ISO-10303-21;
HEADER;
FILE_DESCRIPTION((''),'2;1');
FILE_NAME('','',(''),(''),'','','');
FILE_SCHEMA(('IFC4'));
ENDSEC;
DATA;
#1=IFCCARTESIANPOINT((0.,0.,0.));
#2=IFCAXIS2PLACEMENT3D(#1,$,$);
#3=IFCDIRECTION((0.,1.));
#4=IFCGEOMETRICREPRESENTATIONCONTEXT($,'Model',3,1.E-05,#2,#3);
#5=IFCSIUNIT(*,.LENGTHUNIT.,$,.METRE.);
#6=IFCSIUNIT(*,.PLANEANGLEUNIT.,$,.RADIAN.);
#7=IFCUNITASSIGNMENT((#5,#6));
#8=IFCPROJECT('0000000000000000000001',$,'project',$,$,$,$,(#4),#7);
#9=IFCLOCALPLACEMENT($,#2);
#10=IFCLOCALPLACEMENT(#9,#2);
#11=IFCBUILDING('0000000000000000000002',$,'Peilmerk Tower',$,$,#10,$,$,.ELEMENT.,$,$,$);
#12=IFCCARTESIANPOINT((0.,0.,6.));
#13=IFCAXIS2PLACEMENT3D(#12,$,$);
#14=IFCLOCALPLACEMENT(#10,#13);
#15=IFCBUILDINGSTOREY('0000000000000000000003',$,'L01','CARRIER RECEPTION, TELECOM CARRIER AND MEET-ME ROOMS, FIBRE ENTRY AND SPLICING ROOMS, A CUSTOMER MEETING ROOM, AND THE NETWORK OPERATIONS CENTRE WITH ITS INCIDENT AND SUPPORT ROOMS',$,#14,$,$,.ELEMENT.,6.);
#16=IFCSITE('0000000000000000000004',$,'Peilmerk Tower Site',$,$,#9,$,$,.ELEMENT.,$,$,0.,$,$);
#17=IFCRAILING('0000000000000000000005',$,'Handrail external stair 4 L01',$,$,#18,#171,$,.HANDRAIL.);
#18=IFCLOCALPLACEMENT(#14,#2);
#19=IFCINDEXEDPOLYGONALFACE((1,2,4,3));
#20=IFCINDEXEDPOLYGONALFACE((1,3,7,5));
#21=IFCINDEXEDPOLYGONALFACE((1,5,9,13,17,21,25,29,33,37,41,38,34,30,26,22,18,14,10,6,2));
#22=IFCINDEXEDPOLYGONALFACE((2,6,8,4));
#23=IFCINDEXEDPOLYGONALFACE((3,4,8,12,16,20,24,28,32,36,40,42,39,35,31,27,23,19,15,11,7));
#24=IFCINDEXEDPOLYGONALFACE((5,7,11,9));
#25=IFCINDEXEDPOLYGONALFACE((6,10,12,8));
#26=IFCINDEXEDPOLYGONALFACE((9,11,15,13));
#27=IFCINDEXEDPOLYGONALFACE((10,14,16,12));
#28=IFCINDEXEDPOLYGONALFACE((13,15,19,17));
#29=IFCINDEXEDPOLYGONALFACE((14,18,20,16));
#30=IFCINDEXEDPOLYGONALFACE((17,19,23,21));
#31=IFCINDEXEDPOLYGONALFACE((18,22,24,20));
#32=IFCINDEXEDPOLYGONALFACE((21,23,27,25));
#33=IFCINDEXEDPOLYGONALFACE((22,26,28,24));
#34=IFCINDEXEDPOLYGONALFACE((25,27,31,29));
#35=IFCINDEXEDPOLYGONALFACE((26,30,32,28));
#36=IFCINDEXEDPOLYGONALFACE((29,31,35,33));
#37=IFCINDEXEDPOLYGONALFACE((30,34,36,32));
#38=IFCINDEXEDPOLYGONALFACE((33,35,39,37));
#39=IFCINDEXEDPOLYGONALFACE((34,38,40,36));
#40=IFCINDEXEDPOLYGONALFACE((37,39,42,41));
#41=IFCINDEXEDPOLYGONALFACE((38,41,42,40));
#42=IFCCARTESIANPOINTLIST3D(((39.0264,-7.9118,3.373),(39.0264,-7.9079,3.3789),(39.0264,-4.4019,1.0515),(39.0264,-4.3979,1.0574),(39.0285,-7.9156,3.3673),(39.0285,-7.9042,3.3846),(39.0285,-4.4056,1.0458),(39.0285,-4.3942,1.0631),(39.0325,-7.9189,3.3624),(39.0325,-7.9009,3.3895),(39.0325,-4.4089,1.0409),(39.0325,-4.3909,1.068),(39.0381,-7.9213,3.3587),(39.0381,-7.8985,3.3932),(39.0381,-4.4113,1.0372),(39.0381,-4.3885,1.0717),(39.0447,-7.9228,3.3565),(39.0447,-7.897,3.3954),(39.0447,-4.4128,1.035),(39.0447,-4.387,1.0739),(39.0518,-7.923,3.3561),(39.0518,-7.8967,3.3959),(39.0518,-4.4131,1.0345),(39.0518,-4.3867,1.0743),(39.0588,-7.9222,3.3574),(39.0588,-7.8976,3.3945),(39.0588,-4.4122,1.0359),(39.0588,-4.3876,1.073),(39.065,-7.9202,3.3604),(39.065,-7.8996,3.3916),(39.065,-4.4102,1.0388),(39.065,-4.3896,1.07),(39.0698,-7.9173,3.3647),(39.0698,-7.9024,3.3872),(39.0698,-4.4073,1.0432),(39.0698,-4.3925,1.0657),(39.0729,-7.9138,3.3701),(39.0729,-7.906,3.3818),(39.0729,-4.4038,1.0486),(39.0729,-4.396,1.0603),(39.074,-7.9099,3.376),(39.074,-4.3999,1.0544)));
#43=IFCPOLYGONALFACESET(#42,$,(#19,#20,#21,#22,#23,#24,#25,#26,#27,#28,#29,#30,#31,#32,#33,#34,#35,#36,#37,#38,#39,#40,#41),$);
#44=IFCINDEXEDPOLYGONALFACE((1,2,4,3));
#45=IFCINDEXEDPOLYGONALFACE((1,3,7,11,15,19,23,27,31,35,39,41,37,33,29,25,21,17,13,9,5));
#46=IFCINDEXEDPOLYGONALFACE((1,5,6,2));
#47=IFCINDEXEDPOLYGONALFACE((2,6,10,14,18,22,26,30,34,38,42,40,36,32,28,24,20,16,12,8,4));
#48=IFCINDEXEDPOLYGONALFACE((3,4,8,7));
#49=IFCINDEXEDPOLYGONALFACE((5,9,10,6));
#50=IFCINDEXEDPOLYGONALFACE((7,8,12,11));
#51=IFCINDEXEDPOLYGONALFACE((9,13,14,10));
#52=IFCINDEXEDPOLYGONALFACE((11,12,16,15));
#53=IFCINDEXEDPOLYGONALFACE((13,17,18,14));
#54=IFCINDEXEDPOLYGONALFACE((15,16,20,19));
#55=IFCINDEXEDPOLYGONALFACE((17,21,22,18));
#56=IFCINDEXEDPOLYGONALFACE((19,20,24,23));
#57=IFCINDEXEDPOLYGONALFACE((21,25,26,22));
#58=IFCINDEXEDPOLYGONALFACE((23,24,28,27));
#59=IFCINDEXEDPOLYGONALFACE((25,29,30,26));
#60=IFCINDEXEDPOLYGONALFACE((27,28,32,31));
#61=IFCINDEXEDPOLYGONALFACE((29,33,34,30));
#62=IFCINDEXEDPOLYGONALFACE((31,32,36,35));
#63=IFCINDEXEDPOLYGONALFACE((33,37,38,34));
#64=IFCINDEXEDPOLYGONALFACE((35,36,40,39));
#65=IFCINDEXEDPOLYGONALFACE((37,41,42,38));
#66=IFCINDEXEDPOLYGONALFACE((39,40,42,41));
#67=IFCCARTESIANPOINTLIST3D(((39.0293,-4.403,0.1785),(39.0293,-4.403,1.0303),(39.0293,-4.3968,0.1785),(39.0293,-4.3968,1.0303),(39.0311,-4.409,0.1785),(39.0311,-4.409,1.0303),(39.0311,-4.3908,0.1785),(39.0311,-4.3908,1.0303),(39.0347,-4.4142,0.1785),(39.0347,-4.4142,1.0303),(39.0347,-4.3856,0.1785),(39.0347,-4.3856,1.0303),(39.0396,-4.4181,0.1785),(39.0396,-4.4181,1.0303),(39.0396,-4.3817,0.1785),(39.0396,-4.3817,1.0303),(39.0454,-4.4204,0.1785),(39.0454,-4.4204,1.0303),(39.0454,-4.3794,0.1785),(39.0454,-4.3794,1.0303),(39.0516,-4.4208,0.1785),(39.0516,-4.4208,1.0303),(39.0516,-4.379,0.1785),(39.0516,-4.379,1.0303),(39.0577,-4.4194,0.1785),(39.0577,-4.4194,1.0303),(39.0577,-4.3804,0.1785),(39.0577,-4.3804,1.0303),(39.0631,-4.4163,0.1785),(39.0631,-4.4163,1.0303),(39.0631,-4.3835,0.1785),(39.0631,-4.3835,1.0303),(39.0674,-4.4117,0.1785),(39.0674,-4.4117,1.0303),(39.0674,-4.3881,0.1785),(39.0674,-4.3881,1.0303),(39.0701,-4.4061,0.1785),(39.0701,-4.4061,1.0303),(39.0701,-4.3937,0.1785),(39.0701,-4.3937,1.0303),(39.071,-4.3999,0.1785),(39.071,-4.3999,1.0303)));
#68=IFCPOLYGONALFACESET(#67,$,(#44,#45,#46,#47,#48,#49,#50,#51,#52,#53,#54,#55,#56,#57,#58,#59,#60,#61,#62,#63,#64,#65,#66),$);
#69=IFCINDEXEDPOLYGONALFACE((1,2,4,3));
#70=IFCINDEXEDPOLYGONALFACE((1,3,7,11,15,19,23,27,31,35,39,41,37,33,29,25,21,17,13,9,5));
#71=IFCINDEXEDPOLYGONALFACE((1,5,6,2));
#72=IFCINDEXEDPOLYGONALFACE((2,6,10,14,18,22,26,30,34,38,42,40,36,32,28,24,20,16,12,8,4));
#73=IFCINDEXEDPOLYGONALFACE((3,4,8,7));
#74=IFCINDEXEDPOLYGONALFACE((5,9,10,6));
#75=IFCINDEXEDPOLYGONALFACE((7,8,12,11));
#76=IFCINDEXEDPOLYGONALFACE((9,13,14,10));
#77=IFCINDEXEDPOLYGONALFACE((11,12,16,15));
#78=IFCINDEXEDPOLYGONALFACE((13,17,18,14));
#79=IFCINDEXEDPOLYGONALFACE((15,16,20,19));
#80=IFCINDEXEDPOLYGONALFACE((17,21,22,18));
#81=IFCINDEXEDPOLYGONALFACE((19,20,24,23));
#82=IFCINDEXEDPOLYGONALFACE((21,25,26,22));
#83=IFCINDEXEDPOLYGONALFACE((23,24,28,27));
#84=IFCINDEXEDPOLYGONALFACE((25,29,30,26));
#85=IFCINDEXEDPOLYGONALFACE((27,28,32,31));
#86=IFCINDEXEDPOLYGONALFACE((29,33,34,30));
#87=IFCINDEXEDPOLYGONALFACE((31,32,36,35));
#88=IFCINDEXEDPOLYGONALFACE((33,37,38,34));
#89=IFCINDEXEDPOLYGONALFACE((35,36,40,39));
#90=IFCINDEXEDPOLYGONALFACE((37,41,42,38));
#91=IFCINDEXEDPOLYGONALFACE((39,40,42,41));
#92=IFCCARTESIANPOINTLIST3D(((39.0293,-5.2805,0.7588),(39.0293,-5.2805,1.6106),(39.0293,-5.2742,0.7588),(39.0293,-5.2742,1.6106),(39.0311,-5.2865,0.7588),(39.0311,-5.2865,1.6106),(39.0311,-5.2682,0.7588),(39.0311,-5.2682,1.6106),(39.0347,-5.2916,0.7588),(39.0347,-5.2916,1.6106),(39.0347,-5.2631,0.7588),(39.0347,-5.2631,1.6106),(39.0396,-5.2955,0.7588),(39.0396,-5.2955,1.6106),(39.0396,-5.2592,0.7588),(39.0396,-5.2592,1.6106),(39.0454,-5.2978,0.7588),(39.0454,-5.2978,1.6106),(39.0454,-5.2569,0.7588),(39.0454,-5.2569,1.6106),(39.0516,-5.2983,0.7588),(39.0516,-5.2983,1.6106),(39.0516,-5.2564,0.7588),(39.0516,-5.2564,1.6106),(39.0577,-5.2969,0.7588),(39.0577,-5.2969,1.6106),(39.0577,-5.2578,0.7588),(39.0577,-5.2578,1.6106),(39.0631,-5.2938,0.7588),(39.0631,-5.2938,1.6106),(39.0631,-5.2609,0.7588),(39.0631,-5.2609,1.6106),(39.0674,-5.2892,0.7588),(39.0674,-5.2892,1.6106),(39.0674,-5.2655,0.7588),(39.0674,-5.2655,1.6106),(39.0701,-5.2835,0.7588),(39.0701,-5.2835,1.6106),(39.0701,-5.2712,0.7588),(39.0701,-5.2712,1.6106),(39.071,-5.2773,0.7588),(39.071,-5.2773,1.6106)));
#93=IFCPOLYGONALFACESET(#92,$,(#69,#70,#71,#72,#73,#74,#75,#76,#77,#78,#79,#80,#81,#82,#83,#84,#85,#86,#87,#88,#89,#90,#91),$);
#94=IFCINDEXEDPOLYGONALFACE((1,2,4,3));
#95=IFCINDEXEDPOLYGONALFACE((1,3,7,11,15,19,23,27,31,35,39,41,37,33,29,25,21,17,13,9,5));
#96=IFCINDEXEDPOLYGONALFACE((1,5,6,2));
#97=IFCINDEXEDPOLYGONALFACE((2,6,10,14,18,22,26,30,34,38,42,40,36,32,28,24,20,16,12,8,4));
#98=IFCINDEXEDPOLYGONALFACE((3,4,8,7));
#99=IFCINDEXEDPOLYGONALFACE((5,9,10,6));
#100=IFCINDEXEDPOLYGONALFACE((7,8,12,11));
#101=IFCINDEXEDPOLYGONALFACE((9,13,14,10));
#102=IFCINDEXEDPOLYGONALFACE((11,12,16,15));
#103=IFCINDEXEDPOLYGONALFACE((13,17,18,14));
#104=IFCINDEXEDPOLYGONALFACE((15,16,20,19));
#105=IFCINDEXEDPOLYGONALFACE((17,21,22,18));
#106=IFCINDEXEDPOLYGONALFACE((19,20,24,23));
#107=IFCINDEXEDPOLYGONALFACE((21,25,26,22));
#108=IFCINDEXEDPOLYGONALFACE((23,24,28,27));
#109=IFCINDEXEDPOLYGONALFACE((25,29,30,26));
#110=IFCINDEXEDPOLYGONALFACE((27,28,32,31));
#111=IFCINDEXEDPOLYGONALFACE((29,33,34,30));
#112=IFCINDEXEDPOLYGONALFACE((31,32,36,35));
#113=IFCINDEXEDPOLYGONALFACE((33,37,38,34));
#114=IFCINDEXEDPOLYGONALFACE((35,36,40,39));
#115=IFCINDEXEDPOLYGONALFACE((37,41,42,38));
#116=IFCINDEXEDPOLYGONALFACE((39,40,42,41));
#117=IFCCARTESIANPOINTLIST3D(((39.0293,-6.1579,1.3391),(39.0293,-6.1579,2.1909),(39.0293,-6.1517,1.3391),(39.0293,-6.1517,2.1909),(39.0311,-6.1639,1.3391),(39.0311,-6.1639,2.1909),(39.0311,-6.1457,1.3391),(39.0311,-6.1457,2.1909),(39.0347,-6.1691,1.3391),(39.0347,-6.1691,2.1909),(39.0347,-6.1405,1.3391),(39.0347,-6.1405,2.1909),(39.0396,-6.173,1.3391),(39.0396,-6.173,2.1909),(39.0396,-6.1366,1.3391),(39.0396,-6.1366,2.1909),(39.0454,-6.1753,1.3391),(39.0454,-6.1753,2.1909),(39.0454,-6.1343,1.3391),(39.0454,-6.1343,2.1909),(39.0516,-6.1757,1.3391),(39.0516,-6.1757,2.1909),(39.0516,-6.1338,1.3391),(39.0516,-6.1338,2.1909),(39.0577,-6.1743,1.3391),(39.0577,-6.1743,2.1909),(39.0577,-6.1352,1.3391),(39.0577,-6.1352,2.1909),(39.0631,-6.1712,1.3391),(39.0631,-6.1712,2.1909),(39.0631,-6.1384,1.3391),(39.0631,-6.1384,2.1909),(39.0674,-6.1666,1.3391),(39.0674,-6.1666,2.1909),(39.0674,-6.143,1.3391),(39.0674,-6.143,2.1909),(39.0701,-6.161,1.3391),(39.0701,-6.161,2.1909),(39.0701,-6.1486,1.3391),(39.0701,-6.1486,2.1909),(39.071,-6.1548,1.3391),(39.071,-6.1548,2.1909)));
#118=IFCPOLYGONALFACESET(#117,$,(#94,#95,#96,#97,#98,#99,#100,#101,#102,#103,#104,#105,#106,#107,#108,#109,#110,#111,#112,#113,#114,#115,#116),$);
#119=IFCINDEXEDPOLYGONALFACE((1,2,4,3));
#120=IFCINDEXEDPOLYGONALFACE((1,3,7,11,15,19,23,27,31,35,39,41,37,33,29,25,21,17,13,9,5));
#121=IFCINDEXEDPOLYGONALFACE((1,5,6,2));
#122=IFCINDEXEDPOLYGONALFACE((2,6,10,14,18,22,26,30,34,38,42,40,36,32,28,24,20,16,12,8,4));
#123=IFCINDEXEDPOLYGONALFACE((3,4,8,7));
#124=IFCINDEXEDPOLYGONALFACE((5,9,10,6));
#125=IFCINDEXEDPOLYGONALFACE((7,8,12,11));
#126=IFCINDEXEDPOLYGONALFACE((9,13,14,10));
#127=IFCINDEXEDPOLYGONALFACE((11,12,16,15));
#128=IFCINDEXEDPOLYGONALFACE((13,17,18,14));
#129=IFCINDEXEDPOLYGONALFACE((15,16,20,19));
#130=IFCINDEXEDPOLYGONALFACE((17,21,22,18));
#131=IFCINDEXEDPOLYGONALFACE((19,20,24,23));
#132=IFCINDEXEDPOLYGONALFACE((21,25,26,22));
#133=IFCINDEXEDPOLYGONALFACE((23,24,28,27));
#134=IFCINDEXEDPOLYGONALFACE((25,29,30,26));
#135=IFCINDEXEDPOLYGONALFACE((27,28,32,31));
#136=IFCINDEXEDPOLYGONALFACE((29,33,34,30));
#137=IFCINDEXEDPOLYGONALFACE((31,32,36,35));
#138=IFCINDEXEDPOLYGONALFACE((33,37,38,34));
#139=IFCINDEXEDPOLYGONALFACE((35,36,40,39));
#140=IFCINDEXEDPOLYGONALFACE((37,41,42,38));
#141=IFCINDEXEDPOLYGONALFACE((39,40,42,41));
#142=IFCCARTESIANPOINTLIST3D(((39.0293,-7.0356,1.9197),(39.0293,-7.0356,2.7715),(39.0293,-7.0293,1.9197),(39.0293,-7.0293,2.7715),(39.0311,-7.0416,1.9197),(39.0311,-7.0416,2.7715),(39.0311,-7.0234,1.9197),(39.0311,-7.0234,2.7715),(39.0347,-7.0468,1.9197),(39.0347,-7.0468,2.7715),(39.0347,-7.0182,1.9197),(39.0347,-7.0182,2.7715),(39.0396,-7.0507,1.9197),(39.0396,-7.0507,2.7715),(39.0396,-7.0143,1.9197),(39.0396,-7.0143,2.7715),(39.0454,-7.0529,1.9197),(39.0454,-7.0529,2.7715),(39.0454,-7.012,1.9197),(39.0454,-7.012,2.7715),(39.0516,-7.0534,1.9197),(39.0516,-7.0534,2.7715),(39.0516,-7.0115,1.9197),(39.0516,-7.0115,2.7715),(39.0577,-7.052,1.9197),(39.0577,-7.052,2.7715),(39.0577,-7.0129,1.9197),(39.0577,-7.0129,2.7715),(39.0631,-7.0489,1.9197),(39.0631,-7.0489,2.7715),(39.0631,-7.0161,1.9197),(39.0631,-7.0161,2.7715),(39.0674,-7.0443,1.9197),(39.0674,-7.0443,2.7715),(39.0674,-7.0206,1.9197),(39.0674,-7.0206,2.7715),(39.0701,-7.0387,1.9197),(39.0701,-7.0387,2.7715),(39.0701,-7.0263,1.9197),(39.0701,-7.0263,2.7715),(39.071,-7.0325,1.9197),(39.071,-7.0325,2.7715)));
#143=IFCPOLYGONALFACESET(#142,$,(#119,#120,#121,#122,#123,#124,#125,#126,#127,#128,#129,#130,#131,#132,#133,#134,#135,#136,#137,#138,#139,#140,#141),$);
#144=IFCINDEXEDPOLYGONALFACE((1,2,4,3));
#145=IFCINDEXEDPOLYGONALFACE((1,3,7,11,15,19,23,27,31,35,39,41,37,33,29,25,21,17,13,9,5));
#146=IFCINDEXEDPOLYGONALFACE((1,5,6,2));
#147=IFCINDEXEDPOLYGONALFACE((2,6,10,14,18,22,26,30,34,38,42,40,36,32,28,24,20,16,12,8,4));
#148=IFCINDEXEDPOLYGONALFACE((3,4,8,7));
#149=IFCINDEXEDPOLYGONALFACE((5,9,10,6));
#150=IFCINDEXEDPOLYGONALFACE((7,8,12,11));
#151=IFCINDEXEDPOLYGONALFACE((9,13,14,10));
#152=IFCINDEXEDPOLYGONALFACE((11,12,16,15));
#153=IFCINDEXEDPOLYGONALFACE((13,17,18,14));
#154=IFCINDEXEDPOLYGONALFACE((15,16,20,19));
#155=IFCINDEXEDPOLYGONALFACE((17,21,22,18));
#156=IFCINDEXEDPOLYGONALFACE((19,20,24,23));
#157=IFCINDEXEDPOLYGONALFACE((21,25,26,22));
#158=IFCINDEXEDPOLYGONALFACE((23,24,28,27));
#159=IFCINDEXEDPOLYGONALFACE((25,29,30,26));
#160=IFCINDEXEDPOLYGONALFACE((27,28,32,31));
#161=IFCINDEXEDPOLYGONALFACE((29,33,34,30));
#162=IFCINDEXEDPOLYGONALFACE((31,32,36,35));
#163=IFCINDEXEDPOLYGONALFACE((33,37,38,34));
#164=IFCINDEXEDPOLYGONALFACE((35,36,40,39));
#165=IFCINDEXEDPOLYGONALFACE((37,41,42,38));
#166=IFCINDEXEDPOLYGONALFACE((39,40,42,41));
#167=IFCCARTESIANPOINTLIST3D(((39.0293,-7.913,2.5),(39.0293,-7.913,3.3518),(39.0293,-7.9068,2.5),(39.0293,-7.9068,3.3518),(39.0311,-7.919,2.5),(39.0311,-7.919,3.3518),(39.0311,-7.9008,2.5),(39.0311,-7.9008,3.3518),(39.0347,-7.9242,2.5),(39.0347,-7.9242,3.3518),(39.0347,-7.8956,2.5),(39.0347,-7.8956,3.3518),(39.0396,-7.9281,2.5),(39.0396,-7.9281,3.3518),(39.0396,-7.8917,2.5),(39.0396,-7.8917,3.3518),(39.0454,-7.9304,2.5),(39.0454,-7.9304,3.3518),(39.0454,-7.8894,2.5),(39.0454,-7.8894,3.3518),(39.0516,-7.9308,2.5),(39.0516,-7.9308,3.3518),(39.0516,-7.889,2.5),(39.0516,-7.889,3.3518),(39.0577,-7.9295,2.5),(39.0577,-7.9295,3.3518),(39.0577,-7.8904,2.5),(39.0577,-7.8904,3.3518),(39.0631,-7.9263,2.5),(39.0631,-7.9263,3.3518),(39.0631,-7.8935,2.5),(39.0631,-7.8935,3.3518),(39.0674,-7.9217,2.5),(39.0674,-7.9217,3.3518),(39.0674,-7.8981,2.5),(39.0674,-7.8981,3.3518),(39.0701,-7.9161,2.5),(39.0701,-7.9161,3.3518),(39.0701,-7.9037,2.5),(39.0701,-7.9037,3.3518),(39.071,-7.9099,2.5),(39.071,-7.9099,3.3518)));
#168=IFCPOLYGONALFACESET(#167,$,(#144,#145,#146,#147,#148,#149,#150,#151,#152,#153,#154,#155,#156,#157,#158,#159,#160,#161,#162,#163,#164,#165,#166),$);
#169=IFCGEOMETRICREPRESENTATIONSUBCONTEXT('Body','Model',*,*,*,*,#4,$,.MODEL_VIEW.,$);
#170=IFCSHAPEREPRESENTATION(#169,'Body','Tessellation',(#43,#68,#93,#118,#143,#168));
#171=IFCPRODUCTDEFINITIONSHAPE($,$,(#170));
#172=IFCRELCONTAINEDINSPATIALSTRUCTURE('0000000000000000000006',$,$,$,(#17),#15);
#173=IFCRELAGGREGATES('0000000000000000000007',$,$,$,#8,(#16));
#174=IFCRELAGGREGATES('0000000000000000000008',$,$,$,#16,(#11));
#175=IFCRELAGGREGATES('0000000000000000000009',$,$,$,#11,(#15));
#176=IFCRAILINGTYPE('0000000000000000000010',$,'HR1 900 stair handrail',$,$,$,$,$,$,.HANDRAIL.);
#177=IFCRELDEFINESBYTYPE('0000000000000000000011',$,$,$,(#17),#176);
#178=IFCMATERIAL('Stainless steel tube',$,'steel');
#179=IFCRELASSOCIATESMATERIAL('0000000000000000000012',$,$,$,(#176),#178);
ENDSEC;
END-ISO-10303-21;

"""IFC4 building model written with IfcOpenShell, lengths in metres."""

from ifc_helpers import new_model, si_unit, direction, frame, origin, origin_2d, place, context, subcontext, project, spatial, circle, extrude, material, type_object, element, save


model = new_model("IFC4")

# Units and contexts
model_context = context("Model", 3, precision=1e-05, world=origin(), true_north=direction((0.0, 1.0)))
body_context = subcontext(model_context, "Body", "Model", "MODEL_VIEW")
ifc_project = project(units=[si_unit("LENGTHUNIT", "METRE"), si_unit("PLANEANGLEUNIT", "RADIAN")], contexts=[model_context])

# Site, building, storey
site_placement = place(None, origin())
site = spatial("IfcSite", under=ifc_project, at=site_placement, Name="Peilmerk Tower Site", CompositionType="ELEMENT", RefElevation=0.0)
building_placement = place(site_placement, origin())
building = spatial("IfcBuilding", under=site, at=building_placement, Name="Peilmerk Tower", CompositionType="ELEMENT")
storey_placement = place(building_placement, frame((0.0, 0.0, 6.0)))
storey = spatial("IfcBuildingStorey", under=building, at=storey_placement, Name="L01", Description="CARRIER RECEPTION, TELECOM CARRIER AND MEET-ME ROOMS, FIBRE ENTRY AND SPLICING ROOMS, A CUSTOMER MEETING ROOM, AND THE NETWORK OPERATIONS CENTRE WITH ITS INCIDENT AND SUPPORT ROOMS", CompositionType="ELEMENT", Elevation=6.0)

# Railing
ifc_material_1 = material(Name="Stainless steel tube", Category="steel")
railing_type_1 = type_object("IfcRailingType", Name="HR1 900 stair handrail", PredefinedType="HANDRAIL", material=ifc_material_1)
for number, where, name in (
    (1, (39.05, -4.3999, 0.1785), "Handrail external stair 4 L01"),
):
    element("IfcRailing", number, at=place(storey_placement, frame(where)), inside=storey, type_object=railing_type_1, Name=name, PredefinedType="HANDRAIL", context=body_context, shape_type="SweptSolid", body=[
        extrude(circle(Radius=0.0239, at=origin_2d()), frame((0.0, 0.0, 0.876), z_axis=(0.0, -0.834071, 0.551657), x_axis=(1.0, 0.0, 0.0)), (0.0, 0.0, 1.0), 4.2083),
        extrude(circle(Radius=0.021, at=origin_2d()), origin(), (0.0, 0.0, 1.0), 0.8518),
        extrude(circle(Radius=0.021, at=origin_2d()), frame((0.0, -0.8774, 0.5803)), (0.0, 0.0, 1.0), 0.8518),
        extrude(circle(Radius=0.021, at=origin_2d()), frame((0.0, -1.7549, 1.1606)), (0.0, 0.0, 1.0), 0.8518),
        extrude(circle(Radius=0.021, at=origin_2d()), frame((0.0, -2.6326, 1.7412)), (0.0, 0.0, 1.0), 0.8518),
        extrude(circle(Radius=0.021, at=origin_2d()), frame((0.0, -3.51, 2.3215)), (0.0, 0.0, 1.0), 0.8518),
    ])

save(model, "model.ifc")
